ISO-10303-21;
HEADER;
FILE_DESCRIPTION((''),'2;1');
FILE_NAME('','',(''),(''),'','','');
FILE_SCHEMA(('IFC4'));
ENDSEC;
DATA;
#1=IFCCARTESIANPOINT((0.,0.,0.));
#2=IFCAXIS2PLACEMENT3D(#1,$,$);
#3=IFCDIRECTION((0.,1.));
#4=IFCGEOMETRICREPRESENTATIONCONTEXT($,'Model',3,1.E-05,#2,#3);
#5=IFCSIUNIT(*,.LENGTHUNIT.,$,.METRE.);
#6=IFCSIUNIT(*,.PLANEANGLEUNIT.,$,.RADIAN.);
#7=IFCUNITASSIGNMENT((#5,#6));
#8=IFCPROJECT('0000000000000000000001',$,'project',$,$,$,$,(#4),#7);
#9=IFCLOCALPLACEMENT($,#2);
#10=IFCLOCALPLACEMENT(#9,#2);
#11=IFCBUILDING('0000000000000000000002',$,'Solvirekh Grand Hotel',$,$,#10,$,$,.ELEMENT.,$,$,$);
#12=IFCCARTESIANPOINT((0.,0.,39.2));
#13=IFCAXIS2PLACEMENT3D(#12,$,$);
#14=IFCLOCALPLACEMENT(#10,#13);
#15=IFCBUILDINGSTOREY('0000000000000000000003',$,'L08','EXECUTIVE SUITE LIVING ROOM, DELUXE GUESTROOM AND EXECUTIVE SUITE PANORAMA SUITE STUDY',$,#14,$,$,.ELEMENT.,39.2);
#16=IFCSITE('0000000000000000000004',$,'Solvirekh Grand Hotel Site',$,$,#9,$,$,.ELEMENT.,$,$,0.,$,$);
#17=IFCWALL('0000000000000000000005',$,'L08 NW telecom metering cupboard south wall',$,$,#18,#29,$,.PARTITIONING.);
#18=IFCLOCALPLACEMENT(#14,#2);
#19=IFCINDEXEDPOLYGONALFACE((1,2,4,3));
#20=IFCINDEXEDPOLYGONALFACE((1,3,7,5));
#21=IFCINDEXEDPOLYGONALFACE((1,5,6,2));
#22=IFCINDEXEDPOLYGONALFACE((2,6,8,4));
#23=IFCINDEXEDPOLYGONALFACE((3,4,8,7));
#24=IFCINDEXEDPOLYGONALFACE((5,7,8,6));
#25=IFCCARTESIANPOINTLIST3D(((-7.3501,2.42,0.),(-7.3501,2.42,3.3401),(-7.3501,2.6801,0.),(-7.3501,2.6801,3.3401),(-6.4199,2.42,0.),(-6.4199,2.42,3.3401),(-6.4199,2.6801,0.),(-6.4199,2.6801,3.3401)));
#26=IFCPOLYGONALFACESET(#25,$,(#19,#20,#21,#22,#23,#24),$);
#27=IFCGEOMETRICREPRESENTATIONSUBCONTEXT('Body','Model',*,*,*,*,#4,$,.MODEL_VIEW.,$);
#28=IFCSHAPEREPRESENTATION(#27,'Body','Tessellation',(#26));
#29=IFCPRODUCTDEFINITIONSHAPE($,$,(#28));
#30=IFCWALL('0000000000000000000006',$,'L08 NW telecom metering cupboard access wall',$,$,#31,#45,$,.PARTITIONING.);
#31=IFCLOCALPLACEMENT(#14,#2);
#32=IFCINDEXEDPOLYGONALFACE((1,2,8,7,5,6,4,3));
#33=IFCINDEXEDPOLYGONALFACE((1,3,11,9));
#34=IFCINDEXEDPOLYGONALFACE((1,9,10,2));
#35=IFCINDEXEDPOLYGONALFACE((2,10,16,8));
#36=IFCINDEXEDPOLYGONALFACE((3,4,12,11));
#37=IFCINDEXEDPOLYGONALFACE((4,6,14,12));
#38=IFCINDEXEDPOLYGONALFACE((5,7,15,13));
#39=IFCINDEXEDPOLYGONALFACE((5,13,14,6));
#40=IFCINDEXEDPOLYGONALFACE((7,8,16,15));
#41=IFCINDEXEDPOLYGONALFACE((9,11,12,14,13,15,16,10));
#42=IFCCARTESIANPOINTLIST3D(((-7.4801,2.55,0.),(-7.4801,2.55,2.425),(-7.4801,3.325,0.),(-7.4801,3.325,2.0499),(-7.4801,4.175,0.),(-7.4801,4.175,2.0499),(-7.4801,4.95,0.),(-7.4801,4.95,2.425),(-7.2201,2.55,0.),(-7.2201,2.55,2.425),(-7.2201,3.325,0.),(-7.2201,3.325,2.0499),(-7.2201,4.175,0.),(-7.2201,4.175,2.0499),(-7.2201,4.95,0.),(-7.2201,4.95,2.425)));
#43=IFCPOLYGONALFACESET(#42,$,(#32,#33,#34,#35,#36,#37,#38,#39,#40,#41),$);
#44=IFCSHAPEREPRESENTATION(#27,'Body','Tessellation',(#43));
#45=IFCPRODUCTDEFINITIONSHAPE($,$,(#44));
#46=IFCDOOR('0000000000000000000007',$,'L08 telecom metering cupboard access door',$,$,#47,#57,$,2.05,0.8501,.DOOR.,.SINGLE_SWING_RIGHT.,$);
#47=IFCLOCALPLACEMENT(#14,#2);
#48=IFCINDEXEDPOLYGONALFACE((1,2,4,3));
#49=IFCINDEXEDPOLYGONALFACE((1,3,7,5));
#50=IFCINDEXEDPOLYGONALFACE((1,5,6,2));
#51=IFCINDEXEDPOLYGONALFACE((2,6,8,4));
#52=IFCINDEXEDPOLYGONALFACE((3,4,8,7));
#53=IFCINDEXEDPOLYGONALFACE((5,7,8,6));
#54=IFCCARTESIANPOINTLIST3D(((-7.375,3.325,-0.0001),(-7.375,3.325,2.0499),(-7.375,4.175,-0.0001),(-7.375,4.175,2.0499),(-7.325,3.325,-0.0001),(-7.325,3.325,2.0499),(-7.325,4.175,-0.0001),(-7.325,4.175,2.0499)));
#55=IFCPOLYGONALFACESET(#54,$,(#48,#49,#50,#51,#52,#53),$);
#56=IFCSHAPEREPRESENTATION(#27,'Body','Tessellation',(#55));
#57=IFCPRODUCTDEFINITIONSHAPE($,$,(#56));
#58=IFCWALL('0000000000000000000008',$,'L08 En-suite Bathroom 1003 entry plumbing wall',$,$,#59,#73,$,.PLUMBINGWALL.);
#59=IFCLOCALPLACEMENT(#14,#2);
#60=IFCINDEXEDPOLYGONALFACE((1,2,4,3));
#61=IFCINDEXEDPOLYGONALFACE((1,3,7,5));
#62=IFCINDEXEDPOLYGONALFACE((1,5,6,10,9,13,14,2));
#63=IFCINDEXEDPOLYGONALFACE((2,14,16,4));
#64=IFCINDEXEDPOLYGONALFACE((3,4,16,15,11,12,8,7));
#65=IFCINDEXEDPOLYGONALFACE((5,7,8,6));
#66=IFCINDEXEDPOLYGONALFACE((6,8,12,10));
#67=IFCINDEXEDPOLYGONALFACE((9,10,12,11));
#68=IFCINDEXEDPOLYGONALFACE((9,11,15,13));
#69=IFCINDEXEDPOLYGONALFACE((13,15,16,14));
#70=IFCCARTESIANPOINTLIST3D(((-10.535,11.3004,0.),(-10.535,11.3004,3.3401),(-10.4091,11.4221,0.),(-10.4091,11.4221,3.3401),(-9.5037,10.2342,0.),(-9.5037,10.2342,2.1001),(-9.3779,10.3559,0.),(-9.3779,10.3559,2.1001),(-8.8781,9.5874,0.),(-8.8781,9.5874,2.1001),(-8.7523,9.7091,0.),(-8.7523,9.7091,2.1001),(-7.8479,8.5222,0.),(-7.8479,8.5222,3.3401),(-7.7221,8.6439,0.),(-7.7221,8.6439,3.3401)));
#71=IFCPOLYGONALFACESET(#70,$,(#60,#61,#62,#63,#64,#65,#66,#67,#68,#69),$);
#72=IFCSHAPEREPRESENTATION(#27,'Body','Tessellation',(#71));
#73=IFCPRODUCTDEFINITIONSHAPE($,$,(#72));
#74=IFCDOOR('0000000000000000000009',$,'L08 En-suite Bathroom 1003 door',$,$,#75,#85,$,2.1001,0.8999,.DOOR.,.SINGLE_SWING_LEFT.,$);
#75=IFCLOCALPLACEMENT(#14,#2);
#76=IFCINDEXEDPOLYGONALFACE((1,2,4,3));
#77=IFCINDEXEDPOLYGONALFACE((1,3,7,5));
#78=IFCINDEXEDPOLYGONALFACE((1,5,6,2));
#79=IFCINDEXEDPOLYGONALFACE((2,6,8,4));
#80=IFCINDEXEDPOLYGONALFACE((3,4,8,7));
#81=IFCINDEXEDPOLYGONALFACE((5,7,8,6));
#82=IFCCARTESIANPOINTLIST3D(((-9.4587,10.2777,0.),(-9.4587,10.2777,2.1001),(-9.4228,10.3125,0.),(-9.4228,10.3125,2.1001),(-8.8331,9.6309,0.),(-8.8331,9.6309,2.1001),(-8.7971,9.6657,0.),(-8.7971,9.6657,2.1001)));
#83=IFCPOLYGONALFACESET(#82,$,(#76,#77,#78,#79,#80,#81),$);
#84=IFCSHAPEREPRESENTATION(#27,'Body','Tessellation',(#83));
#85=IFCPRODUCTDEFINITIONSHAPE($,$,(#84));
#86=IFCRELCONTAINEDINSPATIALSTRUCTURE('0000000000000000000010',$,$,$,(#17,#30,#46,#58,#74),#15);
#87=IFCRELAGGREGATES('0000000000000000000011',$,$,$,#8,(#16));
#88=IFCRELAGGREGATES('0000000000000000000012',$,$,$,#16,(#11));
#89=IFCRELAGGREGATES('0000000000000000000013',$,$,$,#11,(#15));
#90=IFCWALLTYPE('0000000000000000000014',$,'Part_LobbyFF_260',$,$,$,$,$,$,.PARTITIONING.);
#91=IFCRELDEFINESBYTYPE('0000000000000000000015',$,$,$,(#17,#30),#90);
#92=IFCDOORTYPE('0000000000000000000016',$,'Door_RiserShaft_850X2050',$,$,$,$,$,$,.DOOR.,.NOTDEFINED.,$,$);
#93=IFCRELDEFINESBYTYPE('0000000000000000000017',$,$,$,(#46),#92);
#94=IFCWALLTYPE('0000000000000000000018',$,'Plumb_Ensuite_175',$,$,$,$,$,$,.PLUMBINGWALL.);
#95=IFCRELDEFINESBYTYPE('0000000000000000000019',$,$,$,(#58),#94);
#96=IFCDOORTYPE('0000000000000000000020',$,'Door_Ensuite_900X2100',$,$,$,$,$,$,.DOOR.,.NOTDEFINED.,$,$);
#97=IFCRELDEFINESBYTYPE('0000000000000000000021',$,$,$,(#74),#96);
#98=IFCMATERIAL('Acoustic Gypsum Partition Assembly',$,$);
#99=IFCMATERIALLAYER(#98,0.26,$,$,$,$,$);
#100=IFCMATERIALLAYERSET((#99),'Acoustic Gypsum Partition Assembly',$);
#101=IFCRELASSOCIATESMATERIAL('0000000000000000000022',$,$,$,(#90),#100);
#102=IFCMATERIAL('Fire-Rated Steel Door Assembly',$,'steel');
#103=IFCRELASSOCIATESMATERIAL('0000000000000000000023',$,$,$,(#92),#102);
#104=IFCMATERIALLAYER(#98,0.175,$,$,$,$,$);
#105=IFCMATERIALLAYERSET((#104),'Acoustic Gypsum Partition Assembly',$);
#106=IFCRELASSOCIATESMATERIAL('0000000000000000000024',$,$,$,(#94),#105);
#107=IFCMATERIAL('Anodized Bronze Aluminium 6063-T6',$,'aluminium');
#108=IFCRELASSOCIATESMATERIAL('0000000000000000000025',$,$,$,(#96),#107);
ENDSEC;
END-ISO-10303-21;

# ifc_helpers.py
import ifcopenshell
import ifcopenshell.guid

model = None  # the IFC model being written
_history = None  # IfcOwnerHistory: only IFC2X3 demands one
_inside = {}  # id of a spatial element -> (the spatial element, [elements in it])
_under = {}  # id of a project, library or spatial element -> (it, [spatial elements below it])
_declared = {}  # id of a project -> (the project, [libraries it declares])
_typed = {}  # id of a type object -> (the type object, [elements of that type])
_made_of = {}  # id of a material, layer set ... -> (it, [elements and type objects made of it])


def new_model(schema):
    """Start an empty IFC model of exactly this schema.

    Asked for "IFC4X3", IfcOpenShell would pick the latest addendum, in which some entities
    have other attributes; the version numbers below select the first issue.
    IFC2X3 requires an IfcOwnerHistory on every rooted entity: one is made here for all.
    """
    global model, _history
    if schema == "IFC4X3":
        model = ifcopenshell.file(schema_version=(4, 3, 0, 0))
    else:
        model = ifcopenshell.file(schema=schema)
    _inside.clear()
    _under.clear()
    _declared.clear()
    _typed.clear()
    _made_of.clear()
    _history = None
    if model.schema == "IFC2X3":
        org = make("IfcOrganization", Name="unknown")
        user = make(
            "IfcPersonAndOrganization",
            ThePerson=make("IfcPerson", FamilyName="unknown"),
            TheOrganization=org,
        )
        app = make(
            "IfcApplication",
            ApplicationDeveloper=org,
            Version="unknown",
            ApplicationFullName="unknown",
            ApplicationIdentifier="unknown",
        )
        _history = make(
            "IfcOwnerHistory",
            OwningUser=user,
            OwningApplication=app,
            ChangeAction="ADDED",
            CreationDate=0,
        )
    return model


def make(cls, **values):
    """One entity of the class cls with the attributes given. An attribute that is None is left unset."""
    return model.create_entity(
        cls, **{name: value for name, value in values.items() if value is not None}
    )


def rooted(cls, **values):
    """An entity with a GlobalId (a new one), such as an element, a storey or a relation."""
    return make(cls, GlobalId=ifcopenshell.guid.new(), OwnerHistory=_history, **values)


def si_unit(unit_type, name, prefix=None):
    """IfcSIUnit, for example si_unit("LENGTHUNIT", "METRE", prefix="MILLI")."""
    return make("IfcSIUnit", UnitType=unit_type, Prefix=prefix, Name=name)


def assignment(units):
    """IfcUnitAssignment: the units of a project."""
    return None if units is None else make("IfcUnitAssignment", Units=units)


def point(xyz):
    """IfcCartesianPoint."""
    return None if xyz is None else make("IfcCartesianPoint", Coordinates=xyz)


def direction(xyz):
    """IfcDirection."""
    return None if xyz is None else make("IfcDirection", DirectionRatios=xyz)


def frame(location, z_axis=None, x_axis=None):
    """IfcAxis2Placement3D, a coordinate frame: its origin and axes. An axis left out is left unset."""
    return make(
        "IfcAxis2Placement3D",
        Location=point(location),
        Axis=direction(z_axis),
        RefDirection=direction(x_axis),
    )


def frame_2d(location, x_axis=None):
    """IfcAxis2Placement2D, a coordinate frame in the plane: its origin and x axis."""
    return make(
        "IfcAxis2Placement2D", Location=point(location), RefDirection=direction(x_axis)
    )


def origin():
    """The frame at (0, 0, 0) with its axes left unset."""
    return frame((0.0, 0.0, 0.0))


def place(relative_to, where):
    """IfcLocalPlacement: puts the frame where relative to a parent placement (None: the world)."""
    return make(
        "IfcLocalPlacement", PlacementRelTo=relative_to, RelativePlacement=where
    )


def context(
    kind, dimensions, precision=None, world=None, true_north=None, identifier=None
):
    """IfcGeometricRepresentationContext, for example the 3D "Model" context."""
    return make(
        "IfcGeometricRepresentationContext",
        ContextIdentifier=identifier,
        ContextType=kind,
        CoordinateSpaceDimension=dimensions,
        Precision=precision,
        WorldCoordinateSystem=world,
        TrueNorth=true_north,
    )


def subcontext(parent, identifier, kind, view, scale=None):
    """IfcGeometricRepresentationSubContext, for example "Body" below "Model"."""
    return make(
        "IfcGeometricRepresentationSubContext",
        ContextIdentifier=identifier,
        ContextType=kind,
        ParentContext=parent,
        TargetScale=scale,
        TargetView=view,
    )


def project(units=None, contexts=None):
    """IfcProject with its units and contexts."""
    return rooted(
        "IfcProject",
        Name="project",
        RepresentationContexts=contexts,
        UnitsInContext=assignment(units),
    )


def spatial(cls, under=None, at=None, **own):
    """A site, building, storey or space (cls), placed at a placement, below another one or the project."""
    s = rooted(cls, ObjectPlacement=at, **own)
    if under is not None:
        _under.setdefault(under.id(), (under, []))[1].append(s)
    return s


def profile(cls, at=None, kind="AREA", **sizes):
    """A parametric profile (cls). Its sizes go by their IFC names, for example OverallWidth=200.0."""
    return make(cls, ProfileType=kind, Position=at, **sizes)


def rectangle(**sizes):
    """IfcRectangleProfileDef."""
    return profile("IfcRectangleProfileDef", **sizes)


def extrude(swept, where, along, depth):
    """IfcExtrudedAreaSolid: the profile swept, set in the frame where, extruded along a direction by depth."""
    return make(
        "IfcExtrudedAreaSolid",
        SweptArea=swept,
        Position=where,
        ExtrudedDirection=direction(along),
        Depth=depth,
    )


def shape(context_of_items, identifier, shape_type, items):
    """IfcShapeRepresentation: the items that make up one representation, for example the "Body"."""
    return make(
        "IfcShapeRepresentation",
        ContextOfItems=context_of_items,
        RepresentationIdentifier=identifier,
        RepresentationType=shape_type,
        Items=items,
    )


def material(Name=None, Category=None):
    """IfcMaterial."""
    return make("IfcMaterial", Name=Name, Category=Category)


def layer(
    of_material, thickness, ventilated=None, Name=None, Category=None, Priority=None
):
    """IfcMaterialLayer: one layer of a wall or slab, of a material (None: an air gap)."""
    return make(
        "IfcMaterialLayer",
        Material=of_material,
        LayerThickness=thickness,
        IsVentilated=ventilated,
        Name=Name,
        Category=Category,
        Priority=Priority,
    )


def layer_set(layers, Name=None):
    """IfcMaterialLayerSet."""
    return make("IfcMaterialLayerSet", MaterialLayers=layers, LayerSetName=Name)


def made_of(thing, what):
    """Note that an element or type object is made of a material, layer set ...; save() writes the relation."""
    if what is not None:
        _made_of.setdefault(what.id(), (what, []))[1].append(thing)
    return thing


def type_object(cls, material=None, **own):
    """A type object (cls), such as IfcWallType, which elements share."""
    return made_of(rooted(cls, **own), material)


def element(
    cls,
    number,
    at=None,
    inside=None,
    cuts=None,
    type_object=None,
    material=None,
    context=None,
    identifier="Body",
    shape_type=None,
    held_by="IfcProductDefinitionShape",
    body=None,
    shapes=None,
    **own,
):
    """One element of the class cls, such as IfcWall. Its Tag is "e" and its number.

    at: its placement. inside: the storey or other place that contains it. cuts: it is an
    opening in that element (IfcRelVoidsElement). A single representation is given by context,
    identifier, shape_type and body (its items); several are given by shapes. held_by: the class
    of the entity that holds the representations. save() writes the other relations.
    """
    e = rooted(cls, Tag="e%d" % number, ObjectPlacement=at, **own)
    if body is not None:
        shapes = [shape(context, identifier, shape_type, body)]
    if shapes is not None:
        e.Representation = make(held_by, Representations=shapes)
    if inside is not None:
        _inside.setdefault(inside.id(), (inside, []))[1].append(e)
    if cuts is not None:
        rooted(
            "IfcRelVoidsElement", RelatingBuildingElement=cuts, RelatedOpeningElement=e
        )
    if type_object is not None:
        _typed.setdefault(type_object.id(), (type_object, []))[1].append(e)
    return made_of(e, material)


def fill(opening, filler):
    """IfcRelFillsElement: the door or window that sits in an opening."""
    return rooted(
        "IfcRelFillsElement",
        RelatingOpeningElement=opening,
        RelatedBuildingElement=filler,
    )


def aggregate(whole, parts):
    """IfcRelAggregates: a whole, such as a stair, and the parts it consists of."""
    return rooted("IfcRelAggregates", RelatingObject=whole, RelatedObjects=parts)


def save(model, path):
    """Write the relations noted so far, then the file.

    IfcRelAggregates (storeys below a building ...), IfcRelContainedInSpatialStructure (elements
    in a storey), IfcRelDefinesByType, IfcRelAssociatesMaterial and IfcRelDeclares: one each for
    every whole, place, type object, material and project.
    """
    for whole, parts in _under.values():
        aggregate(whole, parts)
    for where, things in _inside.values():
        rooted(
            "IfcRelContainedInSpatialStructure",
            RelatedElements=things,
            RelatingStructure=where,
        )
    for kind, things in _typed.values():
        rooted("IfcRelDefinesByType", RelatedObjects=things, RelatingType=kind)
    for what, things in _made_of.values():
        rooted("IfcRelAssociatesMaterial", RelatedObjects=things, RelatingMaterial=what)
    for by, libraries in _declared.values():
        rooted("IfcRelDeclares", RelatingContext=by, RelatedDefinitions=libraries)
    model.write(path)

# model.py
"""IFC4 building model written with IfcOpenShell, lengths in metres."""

from ifc_helpers import new_model, si_unit, direction, frame, frame_2d, origin, place, context, subcontext, project, spatial, rectangle, extrude, material, layer, layer_set, type_object, element, fill, save


model = new_model("IFC4")

# Units and contexts
model_context = context("Model", 3, precision=1e-05, world=origin(), true_north=direction((0.0, 1.0)))
body_context = subcontext(model_context, "Body", "Model", "MODEL_VIEW")
ifc_project = project(units=[si_unit("LENGTHUNIT", "METRE"), si_unit("PLANEANGLEUNIT", "RADIAN")], contexts=[model_context])

# Site, building, storey
site_placement = place(None, origin())
site = spatial("IfcSite", under=ifc_project, at=site_placement, Name="Solvirekh Grand Hotel Site", CompositionType="ELEMENT", RefElevation=0.0)
building_placement = place(site_placement, origin())
building = spatial("IfcBuilding", under=site, at=building_placement, Name="Solvirekh Grand Hotel", CompositionType="ELEMENT")
storey_placement = place(building_placement, frame((0.0, 0.0, 39.2)))
storey = spatial("IfcBuildingStorey", under=building, at=storey_placement, Name="L08", Description="EXECUTIVE SUITE LIVING ROOM, DELUXE GUESTROOM AND EXECUTIVE SUITE PANORAMA SUITE STUDY", CompositionType="ELEMENT", Elevation=39.2)

# Shared definitions
ifc_material_1 = material(Name="Anodized Bronze Aluminium 6063-T6", Category="aluminium")

# Shared definitions
ifc_material_2 = material(Name="Acoustic Gypsum Partition Assembly")

# Shared definitions
ifc_material_3 = material(Name="Fire-Rated Steel Door Assembly", Category="steel")

# Wall
ifc_layer_1 = layer(ifc_material_2, 0.26)
ifc_layer_set_1 = layer_set([ifc_layer_1], Name="Acoustic Gypsum Partition Assembly")
wall_type_1 = type_object("IfcWallType", Name="Part_LobbyFF_260", PredefinedType="PARTITIONING", material=ifc_layer_set_1)
wall_1_placement = place(storey_placement, frame((-7.3501, 2.55, 0.0), z_axis=(0.0, 0.0, 1.0), x_axis=(1.0, 0.0, 0.0)))
element("IfcWall", 1, at=wall_1_placement, inside=storey, type_object=wall_type_1, Name="L08 NW telecom metering cupboard south wall", PredefinedType="PARTITIONING", context=body_context, shape_type="SweptSolid", body=[
    extrude(rectangle(XDim=0.9302, YDim=0.26, at=frame_2d((0.4651, 0.0))), origin(), (0.0, 0.0, 1.0), 3.3401),
])

# Walls, openings, doors
wall_2_placement = place(storey_placement, frame((-7.3501, 2.55, 0.0), z_axis=(0.0, 0.0, 1.0), x_axis=(0.0, 1.0, 0.0)))
wall_2 = element("IfcWall", 2, at=wall_2_placement, inside=storey, type_object=wall_type_1, Name="L08 NW telecom metering cupboard access wall", PredefinedType="PARTITIONING", context=body_context, shape_type="SweptSolid", body=[
    extrude(rectangle(XDim=2.3999, YDim=0.26, at=frame_2d((1.2, 0.0))), origin(), (0.0, 0.0, 1.0), 2.425),
])
opening_1_placement = place(wall_2_placement, frame((0.7749, 0.0, 0.0)))
opening_1 = element("IfcOpeningElement", 3, at=opening_1_placement, cuts=wall_2, PredefinedType="OPENING", context=body_context, shape_type="SweptSolid", body=[
    extrude(rectangle(XDim=0.8501, YDim=2.05, at=frame_2d((0.425, 1.0249))), frame((0.0, 0.1401, 0.0), z_axis=(0.0, -1.0, 0.0), x_axis=(1.0, 0.0, 0.0)), (0.0, 0.0, 1.0), 0.28),
])
door_type_1 = type_object("IfcDoorType", Name="Door_RiserShaft_850X2050", OperationType="NOTDEFINED", PredefinedType="DOOR", material=ifc_material_3)
door_1_placement = place(opening_1_placement, origin())
door_1 = element("IfcDoor", 4, at=door_1_placement, inside=storey, type_object=door_type_1, Name="L08 telecom metering cupboard access door", OperationType="SINGLE_SWING_RIGHT", OverallHeight=2.05, OverallWidth=0.8501, PredefinedType="DOOR", context=body_context, shape_type="SweptSolid", body=[
    extrude(rectangle(XDim=0.8501, YDim=2.05, at=frame_2d((0.425, 1.0249))), frame((0.0, 0.0249, 0.0), z_axis=(0.0, -1.0, 0.0), x_axis=(1.0, 0.0, 0.0)), (0.0, 0.0, 1.0), 0.05),
])
fill(opening_1, door_1)
ifc_layer_2 = layer(ifc_material_2, 0.175)
ifc_layer_set_2 = layer_set([ifc_layer_2], Name="Acoustic Gypsum Partition Assembly")
wall_type_2 = type_object("IfcWallType", Name="Plumb_Ensuite_175", PredefinedType="PLUMBINGWALL", material=ifc_layer_set_2)
wall_3_placement = place(storey_placement, frame((-7.7849, 8.583, 0.0), z_axis=(0.0, 0.0, 1.0), x_axis=(-0.695228, 0.718789, 0.0)))
wall_3 = element("IfcWall", 5, at=wall_3_placement, inside=storey, type_object=wall_type_2, Name="L08 En-suite Bathroom 1003 entry plumbing wall", PredefinedType="PLUMBINGWALL", context=body_context, shape_type="SweptSolid", body=[
    extrude(rectangle(XDim=3.865, YDim=0.175, at=frame_2d((1.9326, 0.0))), origin(), (0.0, 0.0, 1.0), 3.3401),
])
opening_2_placement = place(wall_3_placement, frame((1.4819, 0.0, 0.0)))
opening_2 = element("IfcOpeningElement", 6, at=opening_2_placement, cuts=wall_3, PredefinedType="OPENING", context=body_context, shape_type="SweptSolid", body=[
    extrude(rectangle(XDim=0.8999, YDim=2.1001, at=frame_2d((0.45, 1.05))), frame((0.0, 0.0977, 0.0), z_axis=(0.0, -1.0, 0.0), x_axis=(1.0, 0.0, 0.0)), (0.0, 0.0, 1.0), 0.1951),
])
door_type_2 = type_object("IfcDoorType", Name="Door_Ensuite_900X2100", OperationType="NOTDEFINED", PredefinedType="DOOR", material=ifc_material_1)
door_2_placement = place(opening_2_placement, origin())
door_2 = element("IfcDoor", 7, at=door_2_placement, inside=storey, type_object=door_type_2, Name="L08 En-suite Bathroom 1003 door", OperationType="SINGLE_SWING_LEFT", OverallHeight=2.1001, OverallWidth=0.8999, PredefinedType="DOOR", context=body_context, shape_type="SweptSolid", body=[
    extrude(rectangle(XDim=0.8999, YDim=2.1001, at=frame_2d((0.45, 1.05))), frame((0.0, 0.0249, 0.0), z_axis=(0.0, -1.0, 0.0), x_axis=(1.0, 0.0, 0.0)), (0.0, 0.0, 1.0), 0.05),
])
fill(opening_2, door_2)

save(model, "model.ifc")
